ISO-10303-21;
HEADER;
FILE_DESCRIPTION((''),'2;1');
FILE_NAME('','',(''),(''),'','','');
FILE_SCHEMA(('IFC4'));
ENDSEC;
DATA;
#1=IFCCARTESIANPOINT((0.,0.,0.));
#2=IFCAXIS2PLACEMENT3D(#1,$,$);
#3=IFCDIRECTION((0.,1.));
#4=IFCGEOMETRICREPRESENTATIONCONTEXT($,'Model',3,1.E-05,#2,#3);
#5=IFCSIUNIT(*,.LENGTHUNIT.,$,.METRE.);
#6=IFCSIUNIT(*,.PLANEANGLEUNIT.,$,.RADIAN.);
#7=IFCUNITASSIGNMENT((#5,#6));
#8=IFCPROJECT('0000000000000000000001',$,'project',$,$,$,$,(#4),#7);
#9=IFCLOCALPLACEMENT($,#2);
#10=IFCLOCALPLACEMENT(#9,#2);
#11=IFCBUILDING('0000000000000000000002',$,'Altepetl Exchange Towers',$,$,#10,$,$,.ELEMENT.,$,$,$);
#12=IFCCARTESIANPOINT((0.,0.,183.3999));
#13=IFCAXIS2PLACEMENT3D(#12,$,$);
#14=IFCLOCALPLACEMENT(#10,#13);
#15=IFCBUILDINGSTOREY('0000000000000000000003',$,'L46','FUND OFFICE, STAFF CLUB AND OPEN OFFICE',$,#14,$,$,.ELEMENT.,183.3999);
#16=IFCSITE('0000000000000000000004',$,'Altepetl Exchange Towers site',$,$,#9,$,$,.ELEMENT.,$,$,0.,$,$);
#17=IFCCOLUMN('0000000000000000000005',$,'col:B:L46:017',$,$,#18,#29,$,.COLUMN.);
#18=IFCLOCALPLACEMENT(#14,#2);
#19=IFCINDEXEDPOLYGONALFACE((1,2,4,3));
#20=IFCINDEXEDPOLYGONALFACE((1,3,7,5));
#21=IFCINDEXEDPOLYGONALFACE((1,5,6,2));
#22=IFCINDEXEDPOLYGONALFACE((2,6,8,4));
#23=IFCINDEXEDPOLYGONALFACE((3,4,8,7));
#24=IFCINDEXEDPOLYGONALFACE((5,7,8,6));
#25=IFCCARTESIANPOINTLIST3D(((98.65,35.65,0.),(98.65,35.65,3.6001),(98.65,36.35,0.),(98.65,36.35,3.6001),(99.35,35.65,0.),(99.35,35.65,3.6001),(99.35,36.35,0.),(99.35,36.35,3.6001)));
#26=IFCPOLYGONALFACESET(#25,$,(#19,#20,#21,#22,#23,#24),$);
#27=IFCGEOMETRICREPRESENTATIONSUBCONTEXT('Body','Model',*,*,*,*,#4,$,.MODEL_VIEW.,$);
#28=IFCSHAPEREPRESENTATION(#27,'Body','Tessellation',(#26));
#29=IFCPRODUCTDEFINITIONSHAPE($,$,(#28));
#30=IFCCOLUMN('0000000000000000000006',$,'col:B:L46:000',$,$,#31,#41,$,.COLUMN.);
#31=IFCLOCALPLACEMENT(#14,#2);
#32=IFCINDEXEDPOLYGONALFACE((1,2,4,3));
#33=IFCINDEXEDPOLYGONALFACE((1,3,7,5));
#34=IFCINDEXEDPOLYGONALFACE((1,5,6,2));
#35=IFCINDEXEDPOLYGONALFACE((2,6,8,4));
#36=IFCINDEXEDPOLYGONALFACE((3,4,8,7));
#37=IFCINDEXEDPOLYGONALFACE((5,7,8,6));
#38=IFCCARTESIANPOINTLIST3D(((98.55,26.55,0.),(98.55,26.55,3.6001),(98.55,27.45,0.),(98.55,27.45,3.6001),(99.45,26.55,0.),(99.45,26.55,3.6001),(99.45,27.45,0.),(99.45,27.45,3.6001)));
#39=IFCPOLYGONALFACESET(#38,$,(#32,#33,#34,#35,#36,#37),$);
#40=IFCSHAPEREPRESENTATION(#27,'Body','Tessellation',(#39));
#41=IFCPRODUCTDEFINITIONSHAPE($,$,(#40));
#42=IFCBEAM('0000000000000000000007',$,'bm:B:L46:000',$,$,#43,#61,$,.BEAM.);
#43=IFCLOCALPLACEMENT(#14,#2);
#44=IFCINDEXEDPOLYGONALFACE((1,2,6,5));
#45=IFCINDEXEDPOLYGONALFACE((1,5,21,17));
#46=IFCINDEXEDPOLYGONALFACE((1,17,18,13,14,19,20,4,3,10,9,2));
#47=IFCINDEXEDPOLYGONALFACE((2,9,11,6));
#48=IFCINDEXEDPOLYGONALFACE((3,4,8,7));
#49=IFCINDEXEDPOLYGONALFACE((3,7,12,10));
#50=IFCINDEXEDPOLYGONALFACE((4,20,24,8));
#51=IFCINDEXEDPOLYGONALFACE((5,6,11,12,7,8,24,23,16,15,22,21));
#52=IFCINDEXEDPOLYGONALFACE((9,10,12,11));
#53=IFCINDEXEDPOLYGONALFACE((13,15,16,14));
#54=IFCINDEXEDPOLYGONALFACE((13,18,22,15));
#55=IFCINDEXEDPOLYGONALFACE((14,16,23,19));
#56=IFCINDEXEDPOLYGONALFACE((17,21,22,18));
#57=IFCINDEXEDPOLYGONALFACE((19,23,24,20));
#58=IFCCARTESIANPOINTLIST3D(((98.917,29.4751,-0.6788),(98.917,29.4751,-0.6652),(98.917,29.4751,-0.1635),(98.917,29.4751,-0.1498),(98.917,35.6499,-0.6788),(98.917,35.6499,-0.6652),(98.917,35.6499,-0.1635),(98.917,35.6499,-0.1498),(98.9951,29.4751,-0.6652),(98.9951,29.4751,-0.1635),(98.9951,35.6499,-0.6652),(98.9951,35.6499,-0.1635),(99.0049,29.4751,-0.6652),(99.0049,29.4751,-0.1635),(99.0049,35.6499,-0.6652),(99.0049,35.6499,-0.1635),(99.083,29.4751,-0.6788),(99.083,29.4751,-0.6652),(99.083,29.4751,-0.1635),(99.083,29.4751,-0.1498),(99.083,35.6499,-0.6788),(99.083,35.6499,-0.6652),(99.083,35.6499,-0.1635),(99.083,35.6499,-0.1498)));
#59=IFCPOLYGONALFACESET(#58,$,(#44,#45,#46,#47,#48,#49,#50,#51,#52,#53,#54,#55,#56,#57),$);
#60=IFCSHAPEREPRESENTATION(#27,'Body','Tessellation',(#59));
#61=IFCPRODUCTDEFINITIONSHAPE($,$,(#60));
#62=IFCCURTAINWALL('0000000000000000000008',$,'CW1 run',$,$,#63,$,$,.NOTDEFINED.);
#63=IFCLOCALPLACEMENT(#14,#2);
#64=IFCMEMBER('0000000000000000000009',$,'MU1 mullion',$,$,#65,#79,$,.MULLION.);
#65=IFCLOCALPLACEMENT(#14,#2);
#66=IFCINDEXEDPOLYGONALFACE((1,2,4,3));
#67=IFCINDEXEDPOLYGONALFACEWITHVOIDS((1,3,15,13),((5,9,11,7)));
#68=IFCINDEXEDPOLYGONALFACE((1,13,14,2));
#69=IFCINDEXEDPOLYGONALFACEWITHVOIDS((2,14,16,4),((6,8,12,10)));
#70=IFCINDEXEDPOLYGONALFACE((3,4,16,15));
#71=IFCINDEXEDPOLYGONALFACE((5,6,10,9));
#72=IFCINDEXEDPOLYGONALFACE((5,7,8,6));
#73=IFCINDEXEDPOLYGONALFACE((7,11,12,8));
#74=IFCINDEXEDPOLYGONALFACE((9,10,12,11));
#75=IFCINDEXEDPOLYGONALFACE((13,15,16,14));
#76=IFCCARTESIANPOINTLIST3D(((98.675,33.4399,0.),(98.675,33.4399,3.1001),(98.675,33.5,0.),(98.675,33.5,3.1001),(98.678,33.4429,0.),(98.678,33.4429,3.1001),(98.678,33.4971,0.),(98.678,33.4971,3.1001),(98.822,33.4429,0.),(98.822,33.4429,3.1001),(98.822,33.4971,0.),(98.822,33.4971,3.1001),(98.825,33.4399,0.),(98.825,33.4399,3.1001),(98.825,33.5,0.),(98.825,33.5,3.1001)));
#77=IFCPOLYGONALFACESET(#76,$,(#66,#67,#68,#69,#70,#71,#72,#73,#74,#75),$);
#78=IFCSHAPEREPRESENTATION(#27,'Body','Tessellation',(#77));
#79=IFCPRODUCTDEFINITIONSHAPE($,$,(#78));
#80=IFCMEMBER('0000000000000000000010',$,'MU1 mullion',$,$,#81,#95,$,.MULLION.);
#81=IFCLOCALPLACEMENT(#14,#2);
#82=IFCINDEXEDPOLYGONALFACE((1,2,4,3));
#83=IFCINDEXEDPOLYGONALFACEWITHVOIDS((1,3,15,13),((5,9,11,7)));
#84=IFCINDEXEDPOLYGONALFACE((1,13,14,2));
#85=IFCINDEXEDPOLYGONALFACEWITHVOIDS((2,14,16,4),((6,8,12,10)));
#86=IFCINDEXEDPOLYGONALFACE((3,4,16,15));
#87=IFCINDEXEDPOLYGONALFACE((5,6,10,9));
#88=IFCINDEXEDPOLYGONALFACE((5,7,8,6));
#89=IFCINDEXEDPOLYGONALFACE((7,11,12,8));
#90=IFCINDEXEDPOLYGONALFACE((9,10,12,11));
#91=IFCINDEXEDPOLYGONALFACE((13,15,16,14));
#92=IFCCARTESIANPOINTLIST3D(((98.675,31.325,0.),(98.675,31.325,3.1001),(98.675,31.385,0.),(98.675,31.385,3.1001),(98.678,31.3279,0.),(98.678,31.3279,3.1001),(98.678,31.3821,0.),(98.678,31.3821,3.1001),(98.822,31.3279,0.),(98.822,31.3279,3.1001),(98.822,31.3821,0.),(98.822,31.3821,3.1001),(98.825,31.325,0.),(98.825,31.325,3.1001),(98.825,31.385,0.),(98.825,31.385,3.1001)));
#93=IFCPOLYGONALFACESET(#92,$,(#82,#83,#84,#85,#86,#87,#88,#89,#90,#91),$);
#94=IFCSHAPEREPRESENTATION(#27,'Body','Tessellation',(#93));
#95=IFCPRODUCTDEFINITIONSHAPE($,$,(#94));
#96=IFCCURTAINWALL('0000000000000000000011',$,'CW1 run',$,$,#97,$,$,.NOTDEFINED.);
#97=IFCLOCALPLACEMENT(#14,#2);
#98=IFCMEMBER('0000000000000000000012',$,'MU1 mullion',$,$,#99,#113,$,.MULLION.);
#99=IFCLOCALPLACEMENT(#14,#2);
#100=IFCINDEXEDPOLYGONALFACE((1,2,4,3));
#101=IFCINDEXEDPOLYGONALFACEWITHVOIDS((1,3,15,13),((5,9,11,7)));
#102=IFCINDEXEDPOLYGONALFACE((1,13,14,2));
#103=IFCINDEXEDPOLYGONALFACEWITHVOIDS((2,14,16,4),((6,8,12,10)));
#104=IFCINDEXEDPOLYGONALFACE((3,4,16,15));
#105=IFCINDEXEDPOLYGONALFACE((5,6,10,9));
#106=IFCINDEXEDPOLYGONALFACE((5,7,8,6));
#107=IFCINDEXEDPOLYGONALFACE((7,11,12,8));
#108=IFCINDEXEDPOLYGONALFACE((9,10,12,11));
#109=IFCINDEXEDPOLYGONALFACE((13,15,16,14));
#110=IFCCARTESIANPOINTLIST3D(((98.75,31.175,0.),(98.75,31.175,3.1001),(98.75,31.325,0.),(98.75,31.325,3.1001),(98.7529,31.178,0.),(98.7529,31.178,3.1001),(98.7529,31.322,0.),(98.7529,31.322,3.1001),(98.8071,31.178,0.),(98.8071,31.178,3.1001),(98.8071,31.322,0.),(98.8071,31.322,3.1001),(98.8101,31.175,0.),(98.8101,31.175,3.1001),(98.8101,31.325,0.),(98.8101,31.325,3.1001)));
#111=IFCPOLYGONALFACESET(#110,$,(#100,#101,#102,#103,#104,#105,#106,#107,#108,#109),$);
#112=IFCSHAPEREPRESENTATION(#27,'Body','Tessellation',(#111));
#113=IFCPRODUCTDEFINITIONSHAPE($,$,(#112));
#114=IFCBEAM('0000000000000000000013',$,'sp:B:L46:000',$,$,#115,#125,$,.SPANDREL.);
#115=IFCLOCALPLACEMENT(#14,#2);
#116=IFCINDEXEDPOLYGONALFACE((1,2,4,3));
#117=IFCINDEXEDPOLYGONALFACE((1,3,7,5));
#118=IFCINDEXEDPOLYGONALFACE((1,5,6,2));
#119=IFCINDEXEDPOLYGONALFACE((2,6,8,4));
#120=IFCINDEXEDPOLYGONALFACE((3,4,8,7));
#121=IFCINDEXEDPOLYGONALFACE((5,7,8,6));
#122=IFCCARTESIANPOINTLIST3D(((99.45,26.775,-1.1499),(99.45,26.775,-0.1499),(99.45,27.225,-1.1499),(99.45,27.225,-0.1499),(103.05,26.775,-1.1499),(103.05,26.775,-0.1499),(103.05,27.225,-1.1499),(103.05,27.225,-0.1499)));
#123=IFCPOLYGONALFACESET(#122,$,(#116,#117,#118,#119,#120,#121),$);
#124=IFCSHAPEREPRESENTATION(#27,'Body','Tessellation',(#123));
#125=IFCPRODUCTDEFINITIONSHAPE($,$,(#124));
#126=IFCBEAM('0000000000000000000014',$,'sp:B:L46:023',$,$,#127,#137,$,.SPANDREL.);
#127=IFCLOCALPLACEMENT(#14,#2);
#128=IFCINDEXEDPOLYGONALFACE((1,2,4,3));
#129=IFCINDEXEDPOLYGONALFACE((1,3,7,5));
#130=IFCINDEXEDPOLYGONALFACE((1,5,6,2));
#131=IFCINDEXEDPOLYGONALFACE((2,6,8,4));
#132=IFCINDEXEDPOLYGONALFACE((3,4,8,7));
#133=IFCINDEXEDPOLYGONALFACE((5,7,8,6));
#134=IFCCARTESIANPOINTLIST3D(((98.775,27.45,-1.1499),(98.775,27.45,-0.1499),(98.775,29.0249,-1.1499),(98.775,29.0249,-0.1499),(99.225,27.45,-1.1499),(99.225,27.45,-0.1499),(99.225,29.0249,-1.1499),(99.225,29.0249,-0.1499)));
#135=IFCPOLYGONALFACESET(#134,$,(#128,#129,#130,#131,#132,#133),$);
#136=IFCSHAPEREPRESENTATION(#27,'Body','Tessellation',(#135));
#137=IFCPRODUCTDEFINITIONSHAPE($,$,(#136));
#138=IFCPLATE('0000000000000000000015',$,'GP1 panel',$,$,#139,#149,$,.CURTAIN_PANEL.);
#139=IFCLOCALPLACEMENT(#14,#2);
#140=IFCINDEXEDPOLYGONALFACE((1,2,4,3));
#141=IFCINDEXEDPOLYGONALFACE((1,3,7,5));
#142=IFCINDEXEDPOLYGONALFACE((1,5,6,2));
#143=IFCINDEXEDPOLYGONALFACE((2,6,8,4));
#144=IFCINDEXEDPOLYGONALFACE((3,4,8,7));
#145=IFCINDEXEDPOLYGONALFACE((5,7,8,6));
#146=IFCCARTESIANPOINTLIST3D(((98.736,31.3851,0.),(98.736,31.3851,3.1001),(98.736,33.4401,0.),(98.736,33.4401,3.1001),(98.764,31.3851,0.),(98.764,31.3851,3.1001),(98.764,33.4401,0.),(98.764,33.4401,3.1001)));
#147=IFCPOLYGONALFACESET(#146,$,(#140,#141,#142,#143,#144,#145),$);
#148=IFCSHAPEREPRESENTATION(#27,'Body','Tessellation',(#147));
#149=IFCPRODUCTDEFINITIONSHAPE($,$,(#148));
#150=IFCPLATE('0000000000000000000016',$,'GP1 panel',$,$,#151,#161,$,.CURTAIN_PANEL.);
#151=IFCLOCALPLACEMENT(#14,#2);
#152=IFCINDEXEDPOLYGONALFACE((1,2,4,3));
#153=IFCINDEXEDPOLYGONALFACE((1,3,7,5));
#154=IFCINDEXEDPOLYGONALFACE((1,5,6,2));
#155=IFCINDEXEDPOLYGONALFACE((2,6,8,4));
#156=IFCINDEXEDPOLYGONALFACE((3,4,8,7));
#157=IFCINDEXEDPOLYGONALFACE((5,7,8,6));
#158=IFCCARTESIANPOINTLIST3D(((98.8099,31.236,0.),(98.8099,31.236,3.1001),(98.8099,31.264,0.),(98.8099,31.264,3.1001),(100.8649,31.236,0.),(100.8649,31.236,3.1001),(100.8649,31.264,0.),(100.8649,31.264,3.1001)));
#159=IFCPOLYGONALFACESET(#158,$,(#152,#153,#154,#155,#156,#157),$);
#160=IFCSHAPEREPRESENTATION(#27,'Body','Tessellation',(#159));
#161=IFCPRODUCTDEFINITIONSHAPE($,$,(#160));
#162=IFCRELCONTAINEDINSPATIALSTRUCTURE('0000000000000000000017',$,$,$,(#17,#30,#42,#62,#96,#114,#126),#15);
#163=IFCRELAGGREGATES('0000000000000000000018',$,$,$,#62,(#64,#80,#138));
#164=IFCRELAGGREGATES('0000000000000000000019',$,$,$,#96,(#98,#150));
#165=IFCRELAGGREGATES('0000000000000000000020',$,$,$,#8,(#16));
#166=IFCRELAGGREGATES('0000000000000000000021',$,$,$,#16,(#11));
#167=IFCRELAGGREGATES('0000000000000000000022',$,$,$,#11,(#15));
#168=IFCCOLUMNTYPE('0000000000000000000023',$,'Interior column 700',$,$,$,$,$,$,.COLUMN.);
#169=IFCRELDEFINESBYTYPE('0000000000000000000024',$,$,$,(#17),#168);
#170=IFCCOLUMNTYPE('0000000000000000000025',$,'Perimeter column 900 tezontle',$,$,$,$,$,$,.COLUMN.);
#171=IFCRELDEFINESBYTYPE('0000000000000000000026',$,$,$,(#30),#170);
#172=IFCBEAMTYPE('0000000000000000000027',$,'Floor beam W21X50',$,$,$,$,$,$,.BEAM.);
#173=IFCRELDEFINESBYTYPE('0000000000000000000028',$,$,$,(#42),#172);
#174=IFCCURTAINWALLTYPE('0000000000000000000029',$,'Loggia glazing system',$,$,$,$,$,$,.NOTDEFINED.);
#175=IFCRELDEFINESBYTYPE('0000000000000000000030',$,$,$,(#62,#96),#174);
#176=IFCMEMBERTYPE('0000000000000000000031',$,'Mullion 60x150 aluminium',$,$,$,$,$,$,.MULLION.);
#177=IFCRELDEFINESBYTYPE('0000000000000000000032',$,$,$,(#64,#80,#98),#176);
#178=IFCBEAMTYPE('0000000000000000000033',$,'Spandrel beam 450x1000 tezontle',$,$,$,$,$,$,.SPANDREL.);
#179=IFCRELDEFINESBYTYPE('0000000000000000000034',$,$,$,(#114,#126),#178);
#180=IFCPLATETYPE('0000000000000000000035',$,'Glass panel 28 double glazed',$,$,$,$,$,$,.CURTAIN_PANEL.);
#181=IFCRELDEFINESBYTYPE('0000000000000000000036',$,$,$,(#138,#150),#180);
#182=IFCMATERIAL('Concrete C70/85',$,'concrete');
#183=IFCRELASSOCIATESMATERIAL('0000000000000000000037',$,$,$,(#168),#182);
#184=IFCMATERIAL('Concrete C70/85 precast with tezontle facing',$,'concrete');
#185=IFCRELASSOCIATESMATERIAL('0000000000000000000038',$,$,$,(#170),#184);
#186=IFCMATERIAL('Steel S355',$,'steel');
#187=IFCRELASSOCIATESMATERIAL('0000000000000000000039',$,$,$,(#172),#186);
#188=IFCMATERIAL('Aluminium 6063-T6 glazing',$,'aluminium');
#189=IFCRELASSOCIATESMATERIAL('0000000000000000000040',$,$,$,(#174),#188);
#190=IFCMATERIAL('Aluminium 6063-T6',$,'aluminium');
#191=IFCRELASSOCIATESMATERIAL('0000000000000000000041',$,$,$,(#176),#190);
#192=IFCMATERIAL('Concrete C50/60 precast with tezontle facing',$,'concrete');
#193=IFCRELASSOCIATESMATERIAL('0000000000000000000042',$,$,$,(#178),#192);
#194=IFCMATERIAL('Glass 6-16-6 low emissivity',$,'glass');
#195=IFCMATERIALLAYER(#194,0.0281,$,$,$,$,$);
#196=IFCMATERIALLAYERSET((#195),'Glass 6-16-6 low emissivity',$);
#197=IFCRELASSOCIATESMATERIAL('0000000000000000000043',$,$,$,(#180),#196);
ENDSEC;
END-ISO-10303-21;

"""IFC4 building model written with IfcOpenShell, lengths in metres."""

from ifc_helpers import new_model, si_unit, direction, frame, origin, origin_2d, place, context, subcontext, project, spatial, rectangle, hollow_rectangle, i_section, extrude, material, layer, layer_set, material_profile, profile_set, type_object, element, aggregate, save


model = new_model("IFC4")

# Units and contexts
model_context = context("Model", 3, precision=1e-05, world=origin(), true_north=direction((0.0, 1.0)))
body_context = subcontext(model_context, "Body", "Model", "MODEL_VIEW")
ifc_project = project(units=[si_unit("LENGTHUNIT", "METRE"), si_unit("PLANEANGLEUNIT", "RADIAN")], contexts=[model_context])

# Site, building, storey
site_placement = place(None, origin())
site = spatial("IfcSite", under=ifc_project, at=site_placement, Name="Altepetl Exchange Towers site", CompositionType="ELEMENT", RefElevation=0.0)
building_placement = place(site_placement, origin())
building = spatial("IfcBuilding", under=site, at=building_placement, Name="Altepetl Exchange Towers", CompositionType="ELEMENT")
storey_placement = place(building_placement, frame((0.0, 0.0, 183.3999)))
storey = spatial("IfcBuildingStorey", under=building, at=storey_placement, Name="L46", Description="FUND OFFICE, STAFF CLUB AND OPEN OFFICE", CompositionType="ELEMENT", Elevation=183.3999)

# Columns
ifc_material_1 = material(Name="Concrete C70/85", Category="concrete")
ifc_material_profile_1 = material_profile(ifc_material_1, rectangle(XDim=0.7, YDim=0.7, at=origin_2d()), Name="700 x 700")
ifc_profile_set_1 = profile_set([ifc_material_profile_1], Name="Concrete C70/85")
column_type_1 = type_object("IfcColumnType", Name="Interior column 700", PredefinedType="COLUMN", material=ifc_profile_set_1)
column_1_placement = place(storey_placement, frame((99.0, 36.0, 0.0)))
element("IfcColumn", 1, at=column_1_placement, inside=storey, type_object=column_type_1, Name="col:B:L46:017", PredefinedType="COLUMN", context=body_context, shape_type="SweptSolid", body=[
    extrude(rectangle(XDim=0.7, YDim=0.7, at=origin_2d()), origin(), (0.0, 0.0, 1.0), 3.6001),
])
ifc_material_2 = material(Name="Concrete C70/85 precast with tezontle facing", Category="concrete")
ifc_material_profile_2 = material_profile(ifc_material_2, rectangle(XDim=0.8999, YDim=0.8999, at=origin_2d()), Name="900 x 900")
ifc_profile_set_2 = profile_set([ifc_material_profile_2], Name="Concrete C70/85 precast with tezontle facing")
column_type_2 = type_object("IfcColumnType", Name="Perimeter column 900 tezontle", PredefinedType="COLUMN", material=ifc_profile_set_2)
column_2_placement = place(storey_placement, frame((99.0, 27.0, 0.0)))
element("IfcColumn", 2, at=column_2_placement, inside=storey, type_object=column_type_2, Name="col:B:L46:000", PredefinedType="COLUMN", context=body_context, shape_type="SweptSolid", body=[
    extrude(rectangle(XDim=0.8999, YDim=0.8999, at=origin_2d()), origin(), (0.0, 0.0, 1.0), 3.6001),
])

# Beam
ifc_material_3 = material(Name="Steel S355", Category="steel")
ifc_material_profile_3 = material_profile(ifc_material_3, i_section(OverallWidth=0.166, OverallDepth=0.5291, WebThickness=0.0098, FlangeThickness=0.0137, at=origin_2d()), Name="W21X50")
ifc_profile_set_3 = profile_set([ifc_material_profile_3], Name="Steel S355")
beam_type_1 = type_object("IfcBeamType", Name="Floor beam W21X50", PredefinedType="BEAM", material=ifc_profile_set_3)
beam_1_placement = place(storey_placement, frame((99.0, 29.4751, -0.4143), z_axis=(0.0, 1.0, 0.0), x_axis=(-1.0, 0.0, 0.0)))
element("IfcBeam", 3, at=beam_1_placement, inside=storey, type_object=beam_type_1, Name="bm:B:L46:000", PredefinedType="BEAM", context=body_context, shape_type="SweptSolid", body=[
    extrude(i_section(OverallWidth=0.166, OverallDepth=0.5291, WebThickness=0.0098, FlangeThickness=0.0137, at=origin_2d()), origin(), (0.0, 0.0, 1.0), 6.1748),
])

# Curtain wall, members
ifc_material_4 = material(Name="Aluminium 6063-T6 glazing", Category="aluminium")
curtain_wall_type = type_object("IfcCurtainWallType", Name="Loggia glazing system", PredefinedType="NOTDEFINED", material=ifc_material_4)
curtain_wall_1_placement = place(storey_placement, origin())
curtain_wall_1 = element("IfcCurtainWall", 4, at=curtain_wall_1_placement, inside=storey, type_object=curtain_wall_type, Name="CW1 run", PredefinedType="NOTDEFINED")
ifc_material_5 = material(Name="Aluminium 6063-T6", Category="aluminium")
ifc_material_profile_4 = material_profile(ifc_material_5, hollow_rectangle(XDim=0.0601, YDim=0.1499, WallThickness=0.0029, at=origin_2d()), Name="Mullion 60x150 aluminium")
ifc_profile_set_4 = profile_set([ifc_material_profile_4], Name="Aluminium 6063-T6")
member_type = type_object("IfcMemberType", Name="Mullion 60x150 aluminium", PredefinedType="MULLION", material=ifc_profile_set_4)
member_1_placement = place(storey_placement, frame((98.75, 33.47, 0.0), z_axis=(0.0, 0.0, 1.0), x_axis=(0.0, -1.0, 0.0)))
member_1 = element("IfcMember", 5, at=member_1_placement, type_object=member_type, Name="MU1 mullion", PredefinedType="MULLION", context=body_context, shape_type="SweptSolid", body=[
    extrude(hollow_rectangle(XDim=0.0601, YDim=0.1499, WallThickness=0.0029, at=origin_2d()), origin(), (0.0, 0.0, 1.0), 3.1001),
])
member_2_placement = place(storey_placement, frame((98.75, 31.355, 0.0), z_axis=(0.0, 0.0, 1.0), x_axis=(0.0, -1.0, 0.0)))
member_2 = element("IfcMember", 6, at=member_2_placement, type_object=member_type, Name="MU1 mullion", PredefinedType="MULLION", context=body_context, shape_type="SweptSolid", body=[
    extrude(hollow_rectangle(XDim=0.0601, YDim=0.1499, WallThickness=0.0029, at=origin_2d()), origin(), (0.0, 0.0, 1.0), 3.1001),
])

# Curtain wall, member
curtain_wall_2_placement = place(storey_placement, origin())
curtain_wall_2 = element("IfcCurtainWall", 7, at=curtain_wall_2_placement, inside=storey, type_object=curtain_wall_type, Name="CW1 run", PredefinedType="NOTDEFINED")
member_3_placement = place(storey_placement, frame((98.78, 31.25, 0.0)))
member_3 = element("IfcMember", 8, at=member_3_placement, type_object=member_type, Name="MU1 mullion", PredefinedType="MULLION", context=body_context, shape_type="SweptSolid", body=[
    extrude(hollow_rectangle(XDim=0.0601, YDim=0.1499, WallThickness=0.0029, at=origin_2d()), origin(), (0.0, 0.0, 1.0), 3.1001),
])

# Beams
ifc_material_6 = material(Name="Concrete C50/60 precast with tezontle facing", Category="concrete")
ifc_material_profile_5 = material_profile(ifc_material_6, rectangle(XDim=0.45, YDim=1.0, at=origin_2d()), Name="450 x 1000")
ifc_profile_set_5 = profile_set([ifc_material_profile_5], Name="Concrete C50/60 precast with tezontle facing")
beam_type_2 = type_object("IfcBeamType", Name="Spandrel beam 450x1000 tezontle", PredefinedType="SPANDREL", material=ifc_profile_set_5)
beam_2_placement = place(storey_placement, frame((99.45, 27.0, -0.6499), z_axis=(1.0, 0.0, 0.0), x_axis=(0.0, 1.0, 0.0)))
element("IfcBeam", 9, at=beam_2_placement, inside=storey, type_object=beam_type_2, Name="sp:B:L46:000", PredefinedType="SPANDREL", context=body_context, shape_type="SweptSolid", body=[
    extrude(rectangle(XDim=0.45, YDim=1.0, at=origin_2d()), origin(), (0.0, 0.0, 1.0), 3.6001),
])
beam_3_placement = place(storey_placement, frame((99.0, 29.0249, -0.6499), z_axis=(0.0, -1.0, 0.0), x_axis=(1.0, 0.0, 0.0)))
element("IfcBeam", 10, at=beam_3_placement, inside=storey, type_object=beam_type_2, Name="sp:B:L46:023", PredefinedType="SPANDREL", context=body_context, shape_type="SweptSolid", body=[
    extrude(rectangle(XDim=0.45, YDim=1.0, at=origin_2d()), origin(), (0.0, 0.0, 1.0), 1.575),
])

# Plates
ifc_material_7 = material(Name="Glass 6-16-6 low emissivity", Category="glass")
ifc_layer_1 = layer(ifc_material_7, 0.0281)
ifc_layer_set_1 = layer_set([ifc_layer_1], Name="Glass 6-16-6 low emissivity")
plate_type = type_object("IfcPlateType", Name="Glass panel 28 double glazed", PredefinedType="CURTAIN_PANEL", material=ifc_layer_set_1)
plate_1_placement = place(storey_placement, frame((98.75, 32.4126, 0.0), z_axis=(0.0, 0.0, 1.0), x_axis=(0.0, -1.0, 0.0)))
plate_1 = element("IfcPlate", 11, at=plate_1_placement, type_object=plate_type, Name="GP1 panel", PredefinedType="CURTAIN_PANEL", context=body_context, shape_type="SweptSolid", body=[
    extrude(rectangle(XDim=2.0549, YDim=0.0281, at=origin_2d()), origin(), (0.0, 0.0, 1.0), 3.1001),
])
aggregate(curtain_wall_1, [member_1, member_2, plate_1])
plate_2_placement = place(storey_placement, frame((99.8374, 31.25, 0.0)))
plate_2 = element("IfcPlate", 12, at=plate_2_placement, type_object=plate_type, Name="GP1 panel", PredefinedType="CURTAIN_PANEL", context=body_context, shape_type="SweptSolid", body=[
    extrude(rectangle(XDim=2.0549, YDim=0.0281, at=origin_2d()), origin(), (0.0, 0.0, 1.0), 3.1001),
])
aggregate(curtain_wall_2, [member_3, plate_2])

save(model, "model.ifc")
